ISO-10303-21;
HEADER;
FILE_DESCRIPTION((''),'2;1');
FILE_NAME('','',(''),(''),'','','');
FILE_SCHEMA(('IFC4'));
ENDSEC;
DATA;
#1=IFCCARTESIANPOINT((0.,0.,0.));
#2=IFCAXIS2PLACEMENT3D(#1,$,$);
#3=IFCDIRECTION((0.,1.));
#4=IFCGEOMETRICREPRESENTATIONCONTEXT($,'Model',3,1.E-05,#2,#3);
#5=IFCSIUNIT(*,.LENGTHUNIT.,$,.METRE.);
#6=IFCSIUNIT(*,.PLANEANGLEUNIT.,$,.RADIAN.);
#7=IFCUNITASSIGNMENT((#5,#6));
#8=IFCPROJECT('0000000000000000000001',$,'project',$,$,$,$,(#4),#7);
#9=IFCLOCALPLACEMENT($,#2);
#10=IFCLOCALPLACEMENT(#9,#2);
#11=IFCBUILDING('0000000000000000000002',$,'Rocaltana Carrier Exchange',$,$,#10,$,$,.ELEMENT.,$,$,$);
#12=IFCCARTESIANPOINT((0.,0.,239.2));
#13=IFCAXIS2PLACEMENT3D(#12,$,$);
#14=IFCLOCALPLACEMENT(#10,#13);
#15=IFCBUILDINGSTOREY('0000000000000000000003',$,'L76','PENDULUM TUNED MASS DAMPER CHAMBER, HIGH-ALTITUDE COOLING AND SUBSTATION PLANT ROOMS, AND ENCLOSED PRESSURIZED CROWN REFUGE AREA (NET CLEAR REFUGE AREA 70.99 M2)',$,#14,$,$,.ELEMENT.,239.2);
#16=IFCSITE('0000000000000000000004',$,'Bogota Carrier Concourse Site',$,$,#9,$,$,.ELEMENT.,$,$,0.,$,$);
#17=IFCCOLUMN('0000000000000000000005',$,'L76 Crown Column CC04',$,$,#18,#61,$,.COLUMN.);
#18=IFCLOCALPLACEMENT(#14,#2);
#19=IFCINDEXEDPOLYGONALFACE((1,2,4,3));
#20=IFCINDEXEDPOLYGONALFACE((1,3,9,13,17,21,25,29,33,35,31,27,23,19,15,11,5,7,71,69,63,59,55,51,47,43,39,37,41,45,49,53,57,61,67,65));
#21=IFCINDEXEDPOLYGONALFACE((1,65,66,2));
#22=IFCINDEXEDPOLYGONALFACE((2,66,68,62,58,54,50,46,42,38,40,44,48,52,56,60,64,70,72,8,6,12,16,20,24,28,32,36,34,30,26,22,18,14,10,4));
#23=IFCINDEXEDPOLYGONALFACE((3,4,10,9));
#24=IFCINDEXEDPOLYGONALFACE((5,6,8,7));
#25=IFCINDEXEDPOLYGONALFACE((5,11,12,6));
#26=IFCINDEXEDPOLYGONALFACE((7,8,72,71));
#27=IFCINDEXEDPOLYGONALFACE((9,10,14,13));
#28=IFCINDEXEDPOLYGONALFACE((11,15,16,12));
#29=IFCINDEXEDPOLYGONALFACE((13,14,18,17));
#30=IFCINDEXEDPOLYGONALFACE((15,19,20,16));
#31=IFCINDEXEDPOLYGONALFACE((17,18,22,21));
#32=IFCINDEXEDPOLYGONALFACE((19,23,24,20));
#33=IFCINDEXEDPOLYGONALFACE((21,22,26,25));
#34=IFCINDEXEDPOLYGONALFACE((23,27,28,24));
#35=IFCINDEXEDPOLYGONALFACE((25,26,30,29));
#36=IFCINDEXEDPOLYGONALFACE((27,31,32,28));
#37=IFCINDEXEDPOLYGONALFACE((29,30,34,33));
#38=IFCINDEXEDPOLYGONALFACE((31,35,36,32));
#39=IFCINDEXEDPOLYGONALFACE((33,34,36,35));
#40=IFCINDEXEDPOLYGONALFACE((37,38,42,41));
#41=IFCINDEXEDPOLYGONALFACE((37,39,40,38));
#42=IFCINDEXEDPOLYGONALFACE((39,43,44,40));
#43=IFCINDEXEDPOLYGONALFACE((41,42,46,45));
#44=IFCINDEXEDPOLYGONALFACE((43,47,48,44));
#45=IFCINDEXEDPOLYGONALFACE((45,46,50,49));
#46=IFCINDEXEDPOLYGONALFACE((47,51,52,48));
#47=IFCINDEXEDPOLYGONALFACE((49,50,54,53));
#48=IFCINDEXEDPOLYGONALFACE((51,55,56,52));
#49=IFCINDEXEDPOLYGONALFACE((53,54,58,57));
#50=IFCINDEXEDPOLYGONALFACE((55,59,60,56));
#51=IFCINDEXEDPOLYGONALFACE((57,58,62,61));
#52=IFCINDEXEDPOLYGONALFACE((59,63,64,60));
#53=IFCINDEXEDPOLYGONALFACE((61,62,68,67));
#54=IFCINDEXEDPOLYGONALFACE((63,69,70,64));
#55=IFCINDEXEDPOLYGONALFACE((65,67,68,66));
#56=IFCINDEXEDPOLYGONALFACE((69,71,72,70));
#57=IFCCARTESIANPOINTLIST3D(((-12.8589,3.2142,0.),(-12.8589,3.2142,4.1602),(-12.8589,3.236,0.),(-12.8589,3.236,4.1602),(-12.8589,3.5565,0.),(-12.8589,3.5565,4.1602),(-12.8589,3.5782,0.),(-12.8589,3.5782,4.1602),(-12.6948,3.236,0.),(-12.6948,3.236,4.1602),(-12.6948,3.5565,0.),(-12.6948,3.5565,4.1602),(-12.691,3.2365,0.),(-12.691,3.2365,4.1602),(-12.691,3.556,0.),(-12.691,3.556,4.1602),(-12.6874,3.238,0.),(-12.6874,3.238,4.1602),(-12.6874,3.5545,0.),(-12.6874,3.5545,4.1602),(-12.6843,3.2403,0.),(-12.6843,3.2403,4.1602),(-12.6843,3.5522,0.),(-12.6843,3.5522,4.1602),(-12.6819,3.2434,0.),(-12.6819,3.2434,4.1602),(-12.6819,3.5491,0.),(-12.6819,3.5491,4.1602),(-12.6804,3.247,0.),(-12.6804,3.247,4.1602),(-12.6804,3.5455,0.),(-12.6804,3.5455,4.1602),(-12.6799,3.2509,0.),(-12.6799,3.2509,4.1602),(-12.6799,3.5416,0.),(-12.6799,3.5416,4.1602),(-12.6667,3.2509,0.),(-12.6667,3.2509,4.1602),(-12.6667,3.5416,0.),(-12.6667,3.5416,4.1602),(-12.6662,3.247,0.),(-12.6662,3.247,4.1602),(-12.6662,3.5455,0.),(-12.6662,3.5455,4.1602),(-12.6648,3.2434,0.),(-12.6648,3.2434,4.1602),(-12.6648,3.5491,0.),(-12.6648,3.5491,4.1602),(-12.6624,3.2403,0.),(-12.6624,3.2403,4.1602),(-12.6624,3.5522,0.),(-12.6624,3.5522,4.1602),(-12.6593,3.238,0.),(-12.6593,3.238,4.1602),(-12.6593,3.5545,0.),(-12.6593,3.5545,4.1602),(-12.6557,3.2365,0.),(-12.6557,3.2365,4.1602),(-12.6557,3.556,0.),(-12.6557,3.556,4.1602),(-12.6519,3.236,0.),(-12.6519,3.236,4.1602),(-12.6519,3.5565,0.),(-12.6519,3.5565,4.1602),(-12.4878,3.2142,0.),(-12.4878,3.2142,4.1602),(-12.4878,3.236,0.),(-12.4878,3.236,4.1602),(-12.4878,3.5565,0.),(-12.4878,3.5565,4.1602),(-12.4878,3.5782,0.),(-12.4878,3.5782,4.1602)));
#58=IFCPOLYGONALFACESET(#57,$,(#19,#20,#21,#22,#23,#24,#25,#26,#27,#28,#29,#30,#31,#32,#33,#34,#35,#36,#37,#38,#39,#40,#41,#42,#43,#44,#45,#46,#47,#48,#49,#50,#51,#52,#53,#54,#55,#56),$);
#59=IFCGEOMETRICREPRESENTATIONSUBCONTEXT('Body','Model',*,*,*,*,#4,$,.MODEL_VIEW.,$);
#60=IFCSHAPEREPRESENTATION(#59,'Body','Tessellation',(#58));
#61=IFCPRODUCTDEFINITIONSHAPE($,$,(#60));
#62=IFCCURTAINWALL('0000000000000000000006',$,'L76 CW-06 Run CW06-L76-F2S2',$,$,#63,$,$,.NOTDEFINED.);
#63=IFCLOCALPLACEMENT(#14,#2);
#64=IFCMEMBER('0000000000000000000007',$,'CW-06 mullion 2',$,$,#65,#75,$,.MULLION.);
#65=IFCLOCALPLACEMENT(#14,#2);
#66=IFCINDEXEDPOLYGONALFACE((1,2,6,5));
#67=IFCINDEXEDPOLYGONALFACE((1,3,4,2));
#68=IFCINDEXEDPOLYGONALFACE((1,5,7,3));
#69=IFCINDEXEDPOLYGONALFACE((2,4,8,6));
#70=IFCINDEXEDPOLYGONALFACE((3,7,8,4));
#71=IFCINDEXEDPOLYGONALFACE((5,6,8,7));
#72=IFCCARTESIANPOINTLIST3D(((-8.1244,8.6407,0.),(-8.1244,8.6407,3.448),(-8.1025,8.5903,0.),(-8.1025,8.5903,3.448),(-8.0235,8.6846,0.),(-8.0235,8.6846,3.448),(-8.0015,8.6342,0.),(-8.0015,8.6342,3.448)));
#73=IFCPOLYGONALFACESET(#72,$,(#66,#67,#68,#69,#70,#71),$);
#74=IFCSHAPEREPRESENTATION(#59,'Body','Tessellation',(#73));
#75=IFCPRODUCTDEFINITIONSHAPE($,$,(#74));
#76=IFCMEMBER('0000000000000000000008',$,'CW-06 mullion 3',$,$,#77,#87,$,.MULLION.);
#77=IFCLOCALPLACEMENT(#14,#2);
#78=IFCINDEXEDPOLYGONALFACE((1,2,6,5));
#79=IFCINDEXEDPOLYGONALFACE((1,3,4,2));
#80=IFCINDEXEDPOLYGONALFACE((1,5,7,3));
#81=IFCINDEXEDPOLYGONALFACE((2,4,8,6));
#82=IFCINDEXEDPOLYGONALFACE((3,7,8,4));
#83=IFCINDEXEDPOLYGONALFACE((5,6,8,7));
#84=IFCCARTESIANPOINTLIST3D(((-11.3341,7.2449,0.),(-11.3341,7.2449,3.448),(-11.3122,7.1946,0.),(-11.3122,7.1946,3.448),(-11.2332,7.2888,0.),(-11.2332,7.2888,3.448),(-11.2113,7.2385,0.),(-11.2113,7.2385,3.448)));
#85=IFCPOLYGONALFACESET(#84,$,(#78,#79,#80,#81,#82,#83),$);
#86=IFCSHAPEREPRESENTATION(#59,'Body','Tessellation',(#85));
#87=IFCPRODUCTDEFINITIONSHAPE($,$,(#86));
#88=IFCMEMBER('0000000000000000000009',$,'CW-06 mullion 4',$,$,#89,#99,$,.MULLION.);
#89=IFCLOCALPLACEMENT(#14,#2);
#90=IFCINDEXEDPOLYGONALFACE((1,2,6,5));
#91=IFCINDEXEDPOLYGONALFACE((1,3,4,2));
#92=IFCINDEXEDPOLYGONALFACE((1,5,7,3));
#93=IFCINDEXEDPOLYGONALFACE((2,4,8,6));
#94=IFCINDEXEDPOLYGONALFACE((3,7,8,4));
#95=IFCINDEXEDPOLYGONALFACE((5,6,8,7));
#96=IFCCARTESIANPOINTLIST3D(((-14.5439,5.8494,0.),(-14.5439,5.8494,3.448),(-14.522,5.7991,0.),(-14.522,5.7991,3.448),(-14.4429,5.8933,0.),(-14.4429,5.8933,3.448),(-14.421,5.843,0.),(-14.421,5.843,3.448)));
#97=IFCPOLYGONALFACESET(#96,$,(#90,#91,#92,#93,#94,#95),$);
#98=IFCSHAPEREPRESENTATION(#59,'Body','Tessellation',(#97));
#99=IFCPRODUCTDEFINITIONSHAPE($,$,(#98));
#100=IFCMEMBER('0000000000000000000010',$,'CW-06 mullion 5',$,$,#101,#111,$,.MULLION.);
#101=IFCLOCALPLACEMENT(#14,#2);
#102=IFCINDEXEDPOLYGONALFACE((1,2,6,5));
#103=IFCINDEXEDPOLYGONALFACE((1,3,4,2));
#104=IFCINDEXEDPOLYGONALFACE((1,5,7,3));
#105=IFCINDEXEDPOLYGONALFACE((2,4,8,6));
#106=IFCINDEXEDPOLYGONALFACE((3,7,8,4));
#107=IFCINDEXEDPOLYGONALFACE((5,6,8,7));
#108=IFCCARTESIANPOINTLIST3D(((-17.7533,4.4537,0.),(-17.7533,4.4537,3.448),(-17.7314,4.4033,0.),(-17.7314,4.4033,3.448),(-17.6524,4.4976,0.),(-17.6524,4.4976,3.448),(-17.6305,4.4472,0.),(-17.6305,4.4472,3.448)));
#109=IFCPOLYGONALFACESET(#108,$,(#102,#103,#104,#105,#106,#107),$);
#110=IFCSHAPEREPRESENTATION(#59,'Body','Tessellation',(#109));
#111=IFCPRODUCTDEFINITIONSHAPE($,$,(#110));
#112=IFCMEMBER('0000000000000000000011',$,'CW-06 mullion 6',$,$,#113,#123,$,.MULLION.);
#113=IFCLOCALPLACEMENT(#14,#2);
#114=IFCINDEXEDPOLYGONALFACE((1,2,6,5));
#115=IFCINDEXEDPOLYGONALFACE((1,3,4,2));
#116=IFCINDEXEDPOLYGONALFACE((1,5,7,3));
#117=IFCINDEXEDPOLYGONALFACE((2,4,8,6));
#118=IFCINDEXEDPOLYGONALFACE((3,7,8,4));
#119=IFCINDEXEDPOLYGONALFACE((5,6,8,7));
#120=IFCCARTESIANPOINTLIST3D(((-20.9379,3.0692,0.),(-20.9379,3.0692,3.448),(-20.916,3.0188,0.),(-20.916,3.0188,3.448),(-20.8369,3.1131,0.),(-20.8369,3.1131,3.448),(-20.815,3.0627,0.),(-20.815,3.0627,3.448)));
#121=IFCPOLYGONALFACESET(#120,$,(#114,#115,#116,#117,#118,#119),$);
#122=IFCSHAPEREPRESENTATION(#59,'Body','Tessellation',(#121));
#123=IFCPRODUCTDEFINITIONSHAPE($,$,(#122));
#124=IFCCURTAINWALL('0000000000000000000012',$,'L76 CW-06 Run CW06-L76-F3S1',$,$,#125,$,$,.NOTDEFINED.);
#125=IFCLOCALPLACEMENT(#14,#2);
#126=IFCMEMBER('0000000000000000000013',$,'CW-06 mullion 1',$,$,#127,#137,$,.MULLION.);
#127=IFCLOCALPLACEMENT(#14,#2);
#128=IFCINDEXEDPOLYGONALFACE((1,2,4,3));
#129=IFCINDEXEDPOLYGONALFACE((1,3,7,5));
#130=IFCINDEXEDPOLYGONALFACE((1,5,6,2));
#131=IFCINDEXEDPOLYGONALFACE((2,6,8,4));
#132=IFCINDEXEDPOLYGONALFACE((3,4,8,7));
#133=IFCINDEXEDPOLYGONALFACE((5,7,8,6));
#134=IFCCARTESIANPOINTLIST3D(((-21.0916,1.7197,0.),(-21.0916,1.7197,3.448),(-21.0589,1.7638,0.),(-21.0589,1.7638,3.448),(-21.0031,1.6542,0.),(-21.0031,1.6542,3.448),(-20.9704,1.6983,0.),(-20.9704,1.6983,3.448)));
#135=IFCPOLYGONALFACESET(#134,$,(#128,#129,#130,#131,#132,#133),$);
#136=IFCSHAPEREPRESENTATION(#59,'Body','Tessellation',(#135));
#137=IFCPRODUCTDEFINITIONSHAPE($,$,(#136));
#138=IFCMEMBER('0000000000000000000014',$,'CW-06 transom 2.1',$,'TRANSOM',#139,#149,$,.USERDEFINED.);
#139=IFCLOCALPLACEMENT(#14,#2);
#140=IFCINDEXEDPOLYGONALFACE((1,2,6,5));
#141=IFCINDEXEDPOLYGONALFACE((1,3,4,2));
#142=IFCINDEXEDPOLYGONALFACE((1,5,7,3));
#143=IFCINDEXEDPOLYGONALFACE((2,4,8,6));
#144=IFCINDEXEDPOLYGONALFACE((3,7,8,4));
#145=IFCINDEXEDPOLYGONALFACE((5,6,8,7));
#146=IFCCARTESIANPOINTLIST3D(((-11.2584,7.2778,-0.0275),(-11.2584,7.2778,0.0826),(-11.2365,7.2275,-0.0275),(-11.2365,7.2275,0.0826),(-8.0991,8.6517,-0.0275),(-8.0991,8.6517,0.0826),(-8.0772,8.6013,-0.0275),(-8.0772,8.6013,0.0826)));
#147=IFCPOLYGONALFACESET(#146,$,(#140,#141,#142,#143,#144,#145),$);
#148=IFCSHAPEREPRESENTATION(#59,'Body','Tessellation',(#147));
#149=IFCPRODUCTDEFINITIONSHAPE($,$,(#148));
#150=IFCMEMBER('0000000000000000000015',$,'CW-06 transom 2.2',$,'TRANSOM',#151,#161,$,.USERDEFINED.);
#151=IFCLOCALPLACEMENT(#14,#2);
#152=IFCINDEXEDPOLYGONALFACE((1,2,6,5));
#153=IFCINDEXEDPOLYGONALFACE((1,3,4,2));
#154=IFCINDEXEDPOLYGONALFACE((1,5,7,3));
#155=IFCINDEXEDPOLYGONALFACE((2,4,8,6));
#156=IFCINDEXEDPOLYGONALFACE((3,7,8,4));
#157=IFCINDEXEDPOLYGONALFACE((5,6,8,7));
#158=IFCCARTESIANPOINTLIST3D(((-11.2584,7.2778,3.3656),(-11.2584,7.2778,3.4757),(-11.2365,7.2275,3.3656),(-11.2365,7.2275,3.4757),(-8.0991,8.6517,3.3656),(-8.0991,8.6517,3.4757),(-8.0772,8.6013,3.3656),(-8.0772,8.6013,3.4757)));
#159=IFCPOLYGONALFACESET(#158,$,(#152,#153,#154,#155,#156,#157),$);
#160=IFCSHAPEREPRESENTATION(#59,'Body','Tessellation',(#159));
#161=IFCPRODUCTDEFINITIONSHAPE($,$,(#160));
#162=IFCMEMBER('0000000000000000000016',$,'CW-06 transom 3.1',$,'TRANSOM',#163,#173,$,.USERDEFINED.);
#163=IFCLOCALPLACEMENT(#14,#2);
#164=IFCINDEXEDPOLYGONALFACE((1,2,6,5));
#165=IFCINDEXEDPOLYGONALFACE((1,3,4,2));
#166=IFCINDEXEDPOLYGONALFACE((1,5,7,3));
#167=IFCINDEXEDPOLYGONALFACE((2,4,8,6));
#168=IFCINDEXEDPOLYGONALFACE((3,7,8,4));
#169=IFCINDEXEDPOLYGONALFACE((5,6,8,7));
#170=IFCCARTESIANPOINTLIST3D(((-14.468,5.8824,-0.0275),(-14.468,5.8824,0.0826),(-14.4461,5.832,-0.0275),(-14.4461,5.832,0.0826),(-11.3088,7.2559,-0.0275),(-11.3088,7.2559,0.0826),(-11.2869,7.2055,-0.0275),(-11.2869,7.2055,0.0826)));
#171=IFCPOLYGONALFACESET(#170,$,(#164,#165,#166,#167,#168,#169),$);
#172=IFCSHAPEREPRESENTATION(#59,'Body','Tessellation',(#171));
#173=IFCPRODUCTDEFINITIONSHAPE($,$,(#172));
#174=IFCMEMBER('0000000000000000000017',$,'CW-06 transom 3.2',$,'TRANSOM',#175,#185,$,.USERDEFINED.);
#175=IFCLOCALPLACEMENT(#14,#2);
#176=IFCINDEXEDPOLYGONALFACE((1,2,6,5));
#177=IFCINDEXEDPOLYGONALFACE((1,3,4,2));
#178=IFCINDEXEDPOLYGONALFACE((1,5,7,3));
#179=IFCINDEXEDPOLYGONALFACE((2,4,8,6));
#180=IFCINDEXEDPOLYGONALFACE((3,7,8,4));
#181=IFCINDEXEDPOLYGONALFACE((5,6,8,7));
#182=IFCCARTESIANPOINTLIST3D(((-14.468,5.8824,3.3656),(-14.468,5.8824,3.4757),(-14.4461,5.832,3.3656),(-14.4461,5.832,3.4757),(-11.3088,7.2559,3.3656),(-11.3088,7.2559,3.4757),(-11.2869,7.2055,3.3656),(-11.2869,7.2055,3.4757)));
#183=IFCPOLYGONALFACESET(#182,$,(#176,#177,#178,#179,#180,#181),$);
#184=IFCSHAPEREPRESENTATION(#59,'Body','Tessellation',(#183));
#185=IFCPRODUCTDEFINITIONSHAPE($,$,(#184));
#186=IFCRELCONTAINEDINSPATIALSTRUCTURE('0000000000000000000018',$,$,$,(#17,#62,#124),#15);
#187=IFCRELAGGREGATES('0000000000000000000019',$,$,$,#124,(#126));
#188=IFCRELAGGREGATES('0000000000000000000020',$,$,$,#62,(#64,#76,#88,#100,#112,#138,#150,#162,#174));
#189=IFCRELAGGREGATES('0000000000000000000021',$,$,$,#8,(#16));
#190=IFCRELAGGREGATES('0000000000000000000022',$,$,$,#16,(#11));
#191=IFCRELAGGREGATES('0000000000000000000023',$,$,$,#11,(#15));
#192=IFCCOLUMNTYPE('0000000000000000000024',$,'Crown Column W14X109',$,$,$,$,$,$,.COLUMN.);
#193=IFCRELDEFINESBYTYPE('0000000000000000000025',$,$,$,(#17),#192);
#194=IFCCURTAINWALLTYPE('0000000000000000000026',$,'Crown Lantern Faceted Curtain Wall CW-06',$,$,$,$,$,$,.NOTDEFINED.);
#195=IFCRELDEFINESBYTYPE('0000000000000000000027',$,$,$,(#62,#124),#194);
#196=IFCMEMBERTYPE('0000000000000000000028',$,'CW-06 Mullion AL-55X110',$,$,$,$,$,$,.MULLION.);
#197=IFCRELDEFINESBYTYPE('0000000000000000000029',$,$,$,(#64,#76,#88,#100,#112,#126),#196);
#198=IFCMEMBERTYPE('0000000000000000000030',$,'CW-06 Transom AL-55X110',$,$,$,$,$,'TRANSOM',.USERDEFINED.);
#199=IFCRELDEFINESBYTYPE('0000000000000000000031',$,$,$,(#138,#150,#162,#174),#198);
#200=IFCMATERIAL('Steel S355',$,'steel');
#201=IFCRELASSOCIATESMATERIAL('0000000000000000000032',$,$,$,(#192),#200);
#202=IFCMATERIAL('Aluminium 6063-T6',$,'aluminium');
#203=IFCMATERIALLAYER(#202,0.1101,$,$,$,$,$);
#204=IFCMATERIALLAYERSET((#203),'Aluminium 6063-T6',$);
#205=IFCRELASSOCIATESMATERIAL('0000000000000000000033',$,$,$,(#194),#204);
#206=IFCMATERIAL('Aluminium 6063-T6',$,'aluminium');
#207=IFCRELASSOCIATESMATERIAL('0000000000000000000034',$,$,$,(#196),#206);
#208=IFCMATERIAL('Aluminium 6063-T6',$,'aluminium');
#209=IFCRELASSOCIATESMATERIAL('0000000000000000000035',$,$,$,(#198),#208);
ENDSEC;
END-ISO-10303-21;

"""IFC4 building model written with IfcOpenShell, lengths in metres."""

from ifc_helpers import new_model, si_unit, direction, frame, origin, origin_2d, place, context, subcontext, project, spatial, rectangle, i_section, extrude, material, layer, layer_set, material_profile, profile_set, type_object, element, aggregate, save


model = new_model("IFC4")

# Units and contexts
model_context = context("Model", 3, precision=1e-05, world=origin(), true_north=direction((0.0, 1.0)))
body_context = subcontext(model_context, "Body", "Model", "MODEL_VIEW")
ifc_project = project(units=[si_unit("LENGTHUNIT", "METRE"), si_unit("PLANEANGLEUNIT", "RADIAN")], contexts=[model_context])

# Site, building, storey
site_placement = place(None, origin())
site = spatial("IfcSite", under=ifc_project, at=site_placement, Name="Bogota Carrier Concourse Site", CompositionType="ELEMENT", RefElevation=0.0)
building_placement = place(site_placement, origin())
building = spatial("IfcBuilding", under=site, at=building_placement, Name="Rocaltana Carrier Exchange", CompositionType="ELEMENT")
storey_placement = place(building_placement, frame((0.0, 0.0, 239.2)))
storey = spatial("IfcBuildingStorey", under=building, at=storey_placement, Name="L76", Description="PENDULUM TUNED MASS DAMPER CHAMBER, HIGH-ALTITUDE COOLING AND SUBSTATION PLANT ROOMS, AND ENCLOSED PRESSURIZED CROWN REFUGE AREA (NET CLEAR REFUGE AREA 70.99 M2)", CompositionType="ELEMENT", Elevation=239.2)

# Column
ifc_material_1 = material(Name="Steel S355", Category="steel")
ifc_material_profile_1 = material_profile(ifc_material_1, i_section(OverallWidth=0.3711, OverallDepth=0.364, WebThickness=0.0132, FlangeThickness=0.0217, FilletRadius=0.0149, at=origin_2d()), Name="W14X109")
ifc_profile_set_1 = profile_set([ifc_material_profile_1], Name="Steel S355")
column_type = type_object("IfcColumnType", Name="Crown Column W14X109", PredefinedType="COLUMN", material=ifc_profile_set_1)
column_placement = place(storey_placement, frame((-12.6733, 3.3962, 0.0), z_axis=(0.0, 0.0, 1.0), x_axis=(1.0, 0.0, 0.0)))
element("IfcColumn", 1, at=column_placement, inside=storey, type_object=column_type, Name="L76 Crown Column CC04", PredefinedType="COLUMN", context=body_context, shape_type="SweptSolid", body=[
    extrude(i_section(OverallWidth=0.3711, OverallDepth=0.364, WebThickness=0.0132, FlangeThickness=0.0217, FilletRadius=0.0149, at=origin_2d()), origin(), (0.0, 0.0, 1.0), 4.1602),
])

# Curtain wall, members
ifc_material_2 = material(Name="Aluminium 6063-T6", Category="aluminium")
ifc_layer_1 = layer(ifc_material_2, 0.1101)
ifc_layer_set_1 = layer_set([ifc_layer_1], Name="Aluminium 6063-T6")
curtain_wall_type = type_object("IfcCurtainWallType", Name="Crown Lantern Faceted Curtain Wall CW-06", PredefinedType="NOTDEFINED", material=ifc_layer_set_1)
curtain_wall_1_placement = place(storey_placement, origin())
curtain_wall_1 = element("IfcCurtainWall", 2, at=curtain_wall_1_placement, inside=storey, type_object=curtain_wall_type, Name="L76 CW-06 Run CW06-L76-F2S2", PredefinedType="NOTDEFINED")
ifc_material_3 = material(Name="Aluminium 6063-T6", Category="aluminium")
ifc_material_profile_2 = material_profile(ifc_material_3, rectangle(XDim=0.0549, YDim=0.1101, at=origin_2d()), Name="AL-55X110")
ifc_profile_set_2 = profile_set([ifc_material_profile_2], Name="Aluminium 6063-T6")
member_type_1 = type_object("IfcMemberType", Name="CW-06 Mullion AL-55X110", PredefinedType="MULLION", material=ifc_profile_set_2)
member_1_placement = place(storey_placement, frame((-8.063, 8.6375, 0.0), z_axis=(0.0, 0.0, 1.0), x_axis=(0.39875, -0.91706, 0.0)))
member_1 = element("IfcMember", 3, at=member_1_placement, type_object=member_type_1, Name="CW-06 mullion 2", PredefinedType="MULLION", context=body_context, shape_type="SweptSolid", body=[
    extrude(rectangle(XDim=0.0549, YDim=0.1101, at=origin_2d()), origin(), (0.0, 0.0, 1.0), 3.448),
])
member_2_placement = place(storey_placement, frame((-11.2727, 7.2417, 0.0), z_axis=(0.0, 0.0, 1.0), x_axis=(0.39875, -0.91706, 0.0)))
member_2 = element("IfcMember", 4, at=member_2_placement, type_object=member_type_1, Name="CW-06 mullion 3", PredefinedType="MULLION", context=body_context, shape_type="SweptSolid", body=[
    extrude(rectangle(XDim=0.0549, YDim=0.1101, at=origin_2d()), origin(), (0.0, 0.0, 1.0), 3.448),
])
member_3_placement = place(storey_placement, frame((-14.4824, 5.8462, 0.0), z_axis=(0.0, 0.0, 1.0), x_axis=(0.39875, -0.91706, 0.0)))
member_3 = element("IfcMember", 5, at=member_3_placement, type_object=member_type_1, Name="CW-06 mullion 4", PredefinedType="MULLION", context=body_context, shape_type="SweptSolid", body=[
    extrude(rectangle(XDim=0.0549, YDim=0.1101, at=origin_2d()), origin(), (0.0, 0.0, 1.0), 3.448),
])
member_4_placement = place(storey_placement, frame((-17.6919, 4.4504, 0.0), z_axis=(0.0, 0.0, 1.0), x_axis=(0.39875, -0.91706, 0.0)))
member_4 = element("IfcMember", 6, at=member_4_placement, type_object=member_type_1, Name="CW-06 mullion 5", PredefinedType="MULLION", context=body_context, shape_type="SweptSolid", body=[
    extrude(rectangle(XDim=0.0549, YDim=0.1101, at=origin_2d()), origin(), (0.0, 0.0, 1.0), 3.448),
])
member_5_placement = place(storey_placement, frame((-20.8765, 3.0659, 0.0), z_axis=(0.0, 0.0, 1.0), x_axis=(0.39875, -0.91706, 0.0)))
member_5 = element("IfcMember", 7, at=member_5_placement, type_object=member_type_1, Name="CW-06 mullion 6", PredefinedType="MULLION", context=body_context, shape_type="SweptSolid", body=[
    extrude(rectangle(XDim=0.0549, YDim=0.1101, at=origin_2d()), origin(), (0.0, 0.0, 1.0), 3.448),
])

# Curtain wall, member
curtain_wall_2_placement = place(storey_placement, origin())
curtain_wall_2 = element("IfcCurtainWall", 8, at=curtain_wall_2_placement, inside=storey, type_object=curtain_wall_type, Name="L76 CW-06 Run CW06-L76-F3S1", PredefinedType="NOTDEFINED")
member_6_placement = place(storey_placement, frame((-21.031, 1.709, 0.0), z_axis=(0.0, 0.0, 1.0), x_axis=(0.594823, 0.803857, 0.0)))
member_6 = element("IfcMember", 9, at=member_6_placement, type_object=member_type_1, Name="CW-06 mullion 1", PredefinedType="MULLION", context=body_context, shape_type="SweptSolid", body=[
    extrude(rectangle(XDim=0.0549, YDim=0.1101, at=origin_2d()), origin(), (0.0, 0.0, 1.0), 3.448),
])

# Members
ifc_material_4 = material(Name="Aluminium 6063-T6", Category="aluminium")
ifc_material_profile_3 = material_profile(ifc_material_4, rectangle(XDim=0.0549, YDim=0.1101, at=origin_2d()), Name="AL-55X110")
ifc_profile_set_3 = profile_set([ifc_material_profile_3], Name="Aluminium 6063-T6")
member_type_2 = type_object("IfcMemberType", Name="CW-06 Transom AL-55X110", ElementType="TRANSOM", PredefinedType="USERDEFINED", material=ifc_profile_set_3)
member_7_placement = place(storey_placement, frame((-8.0881, 8.6265, 0.0276), z_axis=(-0.917046, -0.398781, 0.0), x_axis=(0.398781, -0.917046, 0.0)))
member_7 = element("IfcMember", 10, at=member_7_placement, type_object=member_type_2, Name="CW-06 transom 2.1", ObjectType="TRANSOM", PredefinedType="USERDEFINED", context=body_context, shape_type="SweptSolid", body=[
    extrude(rectangle(XDim=0.0549, YDim=0.1101, at=origin_2d()), origin(), (0.0, 0.0, 1.0), 3.4451),
])
member_8_placement = place(storey_placement, frame((-8.0881, 8.6265, 3.4207), z_axis=(-0.917046, -0.398781, 0.0), x_axis=(0.398781, -0.917046, 0.0)))
member_8 = element("IfcMember", 11, at=member_8_placement, type_object=member_type_2, Name="CW-06 transom 2.2", ObjectType="TRANSOM", PredefinedType="USERDEFINED", context=body_context, shape_type="SweptSolid", body=[
    extrude(rectangle(XDim=0.0549, YDim=0.1101, at=origin_2d()), origin(), (0.0, 0.0, 1.0), 3.4451),
])
member_9_placement = place(storey_placement, frame((-11.2979, 7.2307, 0.0276), z_axis=(-0.917072, -0.398721, 0.0), x_axis=(0.398721, -0.917072, 0.0)))
member_9 = element("IfcMember", 12, at=member_9_placement, type_object=member_type_2, Name="CW-06 transom 3.1", ObjectType="TRANSOM", PredefinedType="USERDEFINED", context=body_context, shape_type="SweptSolid", body=[
    extrude(rectangle(XDim=0.0549, YDim=0.1101, at=origin_2d()), origin(), (0.0, 0.0, 1.0), 3.4448),
])
member_10_placement = place(storey_placement, frame((-11.2979, 7.2307, 3.4207), z_axis=(-0.917072, -0.398721, 0.0), x_axis=(0.398721, -0.917072, 0.0)))
member_10 = element("IfcMember", 13, at=member_10_placement, type_object=member_type_2, Name="CW-06 transom 3.2", ObjectType="TRANSOM", PredefinedType="USERDEFINED", context=body_context, shape_type="SweptSolid", body=[
    extrude(rectangle(XDim=0.0549, YDim=0.1101, at=origin_2d()), origin(), (0.0, 0.0, 1.0), 3.4448),
])
aggregate(curtain_wall_2, [member_6])

aggregate(curtain_wall_1, [member_1, member_2, member_3, member_4, member_5, member_7, member_8, member_9, member_10])

save(model, "model.ifc")
